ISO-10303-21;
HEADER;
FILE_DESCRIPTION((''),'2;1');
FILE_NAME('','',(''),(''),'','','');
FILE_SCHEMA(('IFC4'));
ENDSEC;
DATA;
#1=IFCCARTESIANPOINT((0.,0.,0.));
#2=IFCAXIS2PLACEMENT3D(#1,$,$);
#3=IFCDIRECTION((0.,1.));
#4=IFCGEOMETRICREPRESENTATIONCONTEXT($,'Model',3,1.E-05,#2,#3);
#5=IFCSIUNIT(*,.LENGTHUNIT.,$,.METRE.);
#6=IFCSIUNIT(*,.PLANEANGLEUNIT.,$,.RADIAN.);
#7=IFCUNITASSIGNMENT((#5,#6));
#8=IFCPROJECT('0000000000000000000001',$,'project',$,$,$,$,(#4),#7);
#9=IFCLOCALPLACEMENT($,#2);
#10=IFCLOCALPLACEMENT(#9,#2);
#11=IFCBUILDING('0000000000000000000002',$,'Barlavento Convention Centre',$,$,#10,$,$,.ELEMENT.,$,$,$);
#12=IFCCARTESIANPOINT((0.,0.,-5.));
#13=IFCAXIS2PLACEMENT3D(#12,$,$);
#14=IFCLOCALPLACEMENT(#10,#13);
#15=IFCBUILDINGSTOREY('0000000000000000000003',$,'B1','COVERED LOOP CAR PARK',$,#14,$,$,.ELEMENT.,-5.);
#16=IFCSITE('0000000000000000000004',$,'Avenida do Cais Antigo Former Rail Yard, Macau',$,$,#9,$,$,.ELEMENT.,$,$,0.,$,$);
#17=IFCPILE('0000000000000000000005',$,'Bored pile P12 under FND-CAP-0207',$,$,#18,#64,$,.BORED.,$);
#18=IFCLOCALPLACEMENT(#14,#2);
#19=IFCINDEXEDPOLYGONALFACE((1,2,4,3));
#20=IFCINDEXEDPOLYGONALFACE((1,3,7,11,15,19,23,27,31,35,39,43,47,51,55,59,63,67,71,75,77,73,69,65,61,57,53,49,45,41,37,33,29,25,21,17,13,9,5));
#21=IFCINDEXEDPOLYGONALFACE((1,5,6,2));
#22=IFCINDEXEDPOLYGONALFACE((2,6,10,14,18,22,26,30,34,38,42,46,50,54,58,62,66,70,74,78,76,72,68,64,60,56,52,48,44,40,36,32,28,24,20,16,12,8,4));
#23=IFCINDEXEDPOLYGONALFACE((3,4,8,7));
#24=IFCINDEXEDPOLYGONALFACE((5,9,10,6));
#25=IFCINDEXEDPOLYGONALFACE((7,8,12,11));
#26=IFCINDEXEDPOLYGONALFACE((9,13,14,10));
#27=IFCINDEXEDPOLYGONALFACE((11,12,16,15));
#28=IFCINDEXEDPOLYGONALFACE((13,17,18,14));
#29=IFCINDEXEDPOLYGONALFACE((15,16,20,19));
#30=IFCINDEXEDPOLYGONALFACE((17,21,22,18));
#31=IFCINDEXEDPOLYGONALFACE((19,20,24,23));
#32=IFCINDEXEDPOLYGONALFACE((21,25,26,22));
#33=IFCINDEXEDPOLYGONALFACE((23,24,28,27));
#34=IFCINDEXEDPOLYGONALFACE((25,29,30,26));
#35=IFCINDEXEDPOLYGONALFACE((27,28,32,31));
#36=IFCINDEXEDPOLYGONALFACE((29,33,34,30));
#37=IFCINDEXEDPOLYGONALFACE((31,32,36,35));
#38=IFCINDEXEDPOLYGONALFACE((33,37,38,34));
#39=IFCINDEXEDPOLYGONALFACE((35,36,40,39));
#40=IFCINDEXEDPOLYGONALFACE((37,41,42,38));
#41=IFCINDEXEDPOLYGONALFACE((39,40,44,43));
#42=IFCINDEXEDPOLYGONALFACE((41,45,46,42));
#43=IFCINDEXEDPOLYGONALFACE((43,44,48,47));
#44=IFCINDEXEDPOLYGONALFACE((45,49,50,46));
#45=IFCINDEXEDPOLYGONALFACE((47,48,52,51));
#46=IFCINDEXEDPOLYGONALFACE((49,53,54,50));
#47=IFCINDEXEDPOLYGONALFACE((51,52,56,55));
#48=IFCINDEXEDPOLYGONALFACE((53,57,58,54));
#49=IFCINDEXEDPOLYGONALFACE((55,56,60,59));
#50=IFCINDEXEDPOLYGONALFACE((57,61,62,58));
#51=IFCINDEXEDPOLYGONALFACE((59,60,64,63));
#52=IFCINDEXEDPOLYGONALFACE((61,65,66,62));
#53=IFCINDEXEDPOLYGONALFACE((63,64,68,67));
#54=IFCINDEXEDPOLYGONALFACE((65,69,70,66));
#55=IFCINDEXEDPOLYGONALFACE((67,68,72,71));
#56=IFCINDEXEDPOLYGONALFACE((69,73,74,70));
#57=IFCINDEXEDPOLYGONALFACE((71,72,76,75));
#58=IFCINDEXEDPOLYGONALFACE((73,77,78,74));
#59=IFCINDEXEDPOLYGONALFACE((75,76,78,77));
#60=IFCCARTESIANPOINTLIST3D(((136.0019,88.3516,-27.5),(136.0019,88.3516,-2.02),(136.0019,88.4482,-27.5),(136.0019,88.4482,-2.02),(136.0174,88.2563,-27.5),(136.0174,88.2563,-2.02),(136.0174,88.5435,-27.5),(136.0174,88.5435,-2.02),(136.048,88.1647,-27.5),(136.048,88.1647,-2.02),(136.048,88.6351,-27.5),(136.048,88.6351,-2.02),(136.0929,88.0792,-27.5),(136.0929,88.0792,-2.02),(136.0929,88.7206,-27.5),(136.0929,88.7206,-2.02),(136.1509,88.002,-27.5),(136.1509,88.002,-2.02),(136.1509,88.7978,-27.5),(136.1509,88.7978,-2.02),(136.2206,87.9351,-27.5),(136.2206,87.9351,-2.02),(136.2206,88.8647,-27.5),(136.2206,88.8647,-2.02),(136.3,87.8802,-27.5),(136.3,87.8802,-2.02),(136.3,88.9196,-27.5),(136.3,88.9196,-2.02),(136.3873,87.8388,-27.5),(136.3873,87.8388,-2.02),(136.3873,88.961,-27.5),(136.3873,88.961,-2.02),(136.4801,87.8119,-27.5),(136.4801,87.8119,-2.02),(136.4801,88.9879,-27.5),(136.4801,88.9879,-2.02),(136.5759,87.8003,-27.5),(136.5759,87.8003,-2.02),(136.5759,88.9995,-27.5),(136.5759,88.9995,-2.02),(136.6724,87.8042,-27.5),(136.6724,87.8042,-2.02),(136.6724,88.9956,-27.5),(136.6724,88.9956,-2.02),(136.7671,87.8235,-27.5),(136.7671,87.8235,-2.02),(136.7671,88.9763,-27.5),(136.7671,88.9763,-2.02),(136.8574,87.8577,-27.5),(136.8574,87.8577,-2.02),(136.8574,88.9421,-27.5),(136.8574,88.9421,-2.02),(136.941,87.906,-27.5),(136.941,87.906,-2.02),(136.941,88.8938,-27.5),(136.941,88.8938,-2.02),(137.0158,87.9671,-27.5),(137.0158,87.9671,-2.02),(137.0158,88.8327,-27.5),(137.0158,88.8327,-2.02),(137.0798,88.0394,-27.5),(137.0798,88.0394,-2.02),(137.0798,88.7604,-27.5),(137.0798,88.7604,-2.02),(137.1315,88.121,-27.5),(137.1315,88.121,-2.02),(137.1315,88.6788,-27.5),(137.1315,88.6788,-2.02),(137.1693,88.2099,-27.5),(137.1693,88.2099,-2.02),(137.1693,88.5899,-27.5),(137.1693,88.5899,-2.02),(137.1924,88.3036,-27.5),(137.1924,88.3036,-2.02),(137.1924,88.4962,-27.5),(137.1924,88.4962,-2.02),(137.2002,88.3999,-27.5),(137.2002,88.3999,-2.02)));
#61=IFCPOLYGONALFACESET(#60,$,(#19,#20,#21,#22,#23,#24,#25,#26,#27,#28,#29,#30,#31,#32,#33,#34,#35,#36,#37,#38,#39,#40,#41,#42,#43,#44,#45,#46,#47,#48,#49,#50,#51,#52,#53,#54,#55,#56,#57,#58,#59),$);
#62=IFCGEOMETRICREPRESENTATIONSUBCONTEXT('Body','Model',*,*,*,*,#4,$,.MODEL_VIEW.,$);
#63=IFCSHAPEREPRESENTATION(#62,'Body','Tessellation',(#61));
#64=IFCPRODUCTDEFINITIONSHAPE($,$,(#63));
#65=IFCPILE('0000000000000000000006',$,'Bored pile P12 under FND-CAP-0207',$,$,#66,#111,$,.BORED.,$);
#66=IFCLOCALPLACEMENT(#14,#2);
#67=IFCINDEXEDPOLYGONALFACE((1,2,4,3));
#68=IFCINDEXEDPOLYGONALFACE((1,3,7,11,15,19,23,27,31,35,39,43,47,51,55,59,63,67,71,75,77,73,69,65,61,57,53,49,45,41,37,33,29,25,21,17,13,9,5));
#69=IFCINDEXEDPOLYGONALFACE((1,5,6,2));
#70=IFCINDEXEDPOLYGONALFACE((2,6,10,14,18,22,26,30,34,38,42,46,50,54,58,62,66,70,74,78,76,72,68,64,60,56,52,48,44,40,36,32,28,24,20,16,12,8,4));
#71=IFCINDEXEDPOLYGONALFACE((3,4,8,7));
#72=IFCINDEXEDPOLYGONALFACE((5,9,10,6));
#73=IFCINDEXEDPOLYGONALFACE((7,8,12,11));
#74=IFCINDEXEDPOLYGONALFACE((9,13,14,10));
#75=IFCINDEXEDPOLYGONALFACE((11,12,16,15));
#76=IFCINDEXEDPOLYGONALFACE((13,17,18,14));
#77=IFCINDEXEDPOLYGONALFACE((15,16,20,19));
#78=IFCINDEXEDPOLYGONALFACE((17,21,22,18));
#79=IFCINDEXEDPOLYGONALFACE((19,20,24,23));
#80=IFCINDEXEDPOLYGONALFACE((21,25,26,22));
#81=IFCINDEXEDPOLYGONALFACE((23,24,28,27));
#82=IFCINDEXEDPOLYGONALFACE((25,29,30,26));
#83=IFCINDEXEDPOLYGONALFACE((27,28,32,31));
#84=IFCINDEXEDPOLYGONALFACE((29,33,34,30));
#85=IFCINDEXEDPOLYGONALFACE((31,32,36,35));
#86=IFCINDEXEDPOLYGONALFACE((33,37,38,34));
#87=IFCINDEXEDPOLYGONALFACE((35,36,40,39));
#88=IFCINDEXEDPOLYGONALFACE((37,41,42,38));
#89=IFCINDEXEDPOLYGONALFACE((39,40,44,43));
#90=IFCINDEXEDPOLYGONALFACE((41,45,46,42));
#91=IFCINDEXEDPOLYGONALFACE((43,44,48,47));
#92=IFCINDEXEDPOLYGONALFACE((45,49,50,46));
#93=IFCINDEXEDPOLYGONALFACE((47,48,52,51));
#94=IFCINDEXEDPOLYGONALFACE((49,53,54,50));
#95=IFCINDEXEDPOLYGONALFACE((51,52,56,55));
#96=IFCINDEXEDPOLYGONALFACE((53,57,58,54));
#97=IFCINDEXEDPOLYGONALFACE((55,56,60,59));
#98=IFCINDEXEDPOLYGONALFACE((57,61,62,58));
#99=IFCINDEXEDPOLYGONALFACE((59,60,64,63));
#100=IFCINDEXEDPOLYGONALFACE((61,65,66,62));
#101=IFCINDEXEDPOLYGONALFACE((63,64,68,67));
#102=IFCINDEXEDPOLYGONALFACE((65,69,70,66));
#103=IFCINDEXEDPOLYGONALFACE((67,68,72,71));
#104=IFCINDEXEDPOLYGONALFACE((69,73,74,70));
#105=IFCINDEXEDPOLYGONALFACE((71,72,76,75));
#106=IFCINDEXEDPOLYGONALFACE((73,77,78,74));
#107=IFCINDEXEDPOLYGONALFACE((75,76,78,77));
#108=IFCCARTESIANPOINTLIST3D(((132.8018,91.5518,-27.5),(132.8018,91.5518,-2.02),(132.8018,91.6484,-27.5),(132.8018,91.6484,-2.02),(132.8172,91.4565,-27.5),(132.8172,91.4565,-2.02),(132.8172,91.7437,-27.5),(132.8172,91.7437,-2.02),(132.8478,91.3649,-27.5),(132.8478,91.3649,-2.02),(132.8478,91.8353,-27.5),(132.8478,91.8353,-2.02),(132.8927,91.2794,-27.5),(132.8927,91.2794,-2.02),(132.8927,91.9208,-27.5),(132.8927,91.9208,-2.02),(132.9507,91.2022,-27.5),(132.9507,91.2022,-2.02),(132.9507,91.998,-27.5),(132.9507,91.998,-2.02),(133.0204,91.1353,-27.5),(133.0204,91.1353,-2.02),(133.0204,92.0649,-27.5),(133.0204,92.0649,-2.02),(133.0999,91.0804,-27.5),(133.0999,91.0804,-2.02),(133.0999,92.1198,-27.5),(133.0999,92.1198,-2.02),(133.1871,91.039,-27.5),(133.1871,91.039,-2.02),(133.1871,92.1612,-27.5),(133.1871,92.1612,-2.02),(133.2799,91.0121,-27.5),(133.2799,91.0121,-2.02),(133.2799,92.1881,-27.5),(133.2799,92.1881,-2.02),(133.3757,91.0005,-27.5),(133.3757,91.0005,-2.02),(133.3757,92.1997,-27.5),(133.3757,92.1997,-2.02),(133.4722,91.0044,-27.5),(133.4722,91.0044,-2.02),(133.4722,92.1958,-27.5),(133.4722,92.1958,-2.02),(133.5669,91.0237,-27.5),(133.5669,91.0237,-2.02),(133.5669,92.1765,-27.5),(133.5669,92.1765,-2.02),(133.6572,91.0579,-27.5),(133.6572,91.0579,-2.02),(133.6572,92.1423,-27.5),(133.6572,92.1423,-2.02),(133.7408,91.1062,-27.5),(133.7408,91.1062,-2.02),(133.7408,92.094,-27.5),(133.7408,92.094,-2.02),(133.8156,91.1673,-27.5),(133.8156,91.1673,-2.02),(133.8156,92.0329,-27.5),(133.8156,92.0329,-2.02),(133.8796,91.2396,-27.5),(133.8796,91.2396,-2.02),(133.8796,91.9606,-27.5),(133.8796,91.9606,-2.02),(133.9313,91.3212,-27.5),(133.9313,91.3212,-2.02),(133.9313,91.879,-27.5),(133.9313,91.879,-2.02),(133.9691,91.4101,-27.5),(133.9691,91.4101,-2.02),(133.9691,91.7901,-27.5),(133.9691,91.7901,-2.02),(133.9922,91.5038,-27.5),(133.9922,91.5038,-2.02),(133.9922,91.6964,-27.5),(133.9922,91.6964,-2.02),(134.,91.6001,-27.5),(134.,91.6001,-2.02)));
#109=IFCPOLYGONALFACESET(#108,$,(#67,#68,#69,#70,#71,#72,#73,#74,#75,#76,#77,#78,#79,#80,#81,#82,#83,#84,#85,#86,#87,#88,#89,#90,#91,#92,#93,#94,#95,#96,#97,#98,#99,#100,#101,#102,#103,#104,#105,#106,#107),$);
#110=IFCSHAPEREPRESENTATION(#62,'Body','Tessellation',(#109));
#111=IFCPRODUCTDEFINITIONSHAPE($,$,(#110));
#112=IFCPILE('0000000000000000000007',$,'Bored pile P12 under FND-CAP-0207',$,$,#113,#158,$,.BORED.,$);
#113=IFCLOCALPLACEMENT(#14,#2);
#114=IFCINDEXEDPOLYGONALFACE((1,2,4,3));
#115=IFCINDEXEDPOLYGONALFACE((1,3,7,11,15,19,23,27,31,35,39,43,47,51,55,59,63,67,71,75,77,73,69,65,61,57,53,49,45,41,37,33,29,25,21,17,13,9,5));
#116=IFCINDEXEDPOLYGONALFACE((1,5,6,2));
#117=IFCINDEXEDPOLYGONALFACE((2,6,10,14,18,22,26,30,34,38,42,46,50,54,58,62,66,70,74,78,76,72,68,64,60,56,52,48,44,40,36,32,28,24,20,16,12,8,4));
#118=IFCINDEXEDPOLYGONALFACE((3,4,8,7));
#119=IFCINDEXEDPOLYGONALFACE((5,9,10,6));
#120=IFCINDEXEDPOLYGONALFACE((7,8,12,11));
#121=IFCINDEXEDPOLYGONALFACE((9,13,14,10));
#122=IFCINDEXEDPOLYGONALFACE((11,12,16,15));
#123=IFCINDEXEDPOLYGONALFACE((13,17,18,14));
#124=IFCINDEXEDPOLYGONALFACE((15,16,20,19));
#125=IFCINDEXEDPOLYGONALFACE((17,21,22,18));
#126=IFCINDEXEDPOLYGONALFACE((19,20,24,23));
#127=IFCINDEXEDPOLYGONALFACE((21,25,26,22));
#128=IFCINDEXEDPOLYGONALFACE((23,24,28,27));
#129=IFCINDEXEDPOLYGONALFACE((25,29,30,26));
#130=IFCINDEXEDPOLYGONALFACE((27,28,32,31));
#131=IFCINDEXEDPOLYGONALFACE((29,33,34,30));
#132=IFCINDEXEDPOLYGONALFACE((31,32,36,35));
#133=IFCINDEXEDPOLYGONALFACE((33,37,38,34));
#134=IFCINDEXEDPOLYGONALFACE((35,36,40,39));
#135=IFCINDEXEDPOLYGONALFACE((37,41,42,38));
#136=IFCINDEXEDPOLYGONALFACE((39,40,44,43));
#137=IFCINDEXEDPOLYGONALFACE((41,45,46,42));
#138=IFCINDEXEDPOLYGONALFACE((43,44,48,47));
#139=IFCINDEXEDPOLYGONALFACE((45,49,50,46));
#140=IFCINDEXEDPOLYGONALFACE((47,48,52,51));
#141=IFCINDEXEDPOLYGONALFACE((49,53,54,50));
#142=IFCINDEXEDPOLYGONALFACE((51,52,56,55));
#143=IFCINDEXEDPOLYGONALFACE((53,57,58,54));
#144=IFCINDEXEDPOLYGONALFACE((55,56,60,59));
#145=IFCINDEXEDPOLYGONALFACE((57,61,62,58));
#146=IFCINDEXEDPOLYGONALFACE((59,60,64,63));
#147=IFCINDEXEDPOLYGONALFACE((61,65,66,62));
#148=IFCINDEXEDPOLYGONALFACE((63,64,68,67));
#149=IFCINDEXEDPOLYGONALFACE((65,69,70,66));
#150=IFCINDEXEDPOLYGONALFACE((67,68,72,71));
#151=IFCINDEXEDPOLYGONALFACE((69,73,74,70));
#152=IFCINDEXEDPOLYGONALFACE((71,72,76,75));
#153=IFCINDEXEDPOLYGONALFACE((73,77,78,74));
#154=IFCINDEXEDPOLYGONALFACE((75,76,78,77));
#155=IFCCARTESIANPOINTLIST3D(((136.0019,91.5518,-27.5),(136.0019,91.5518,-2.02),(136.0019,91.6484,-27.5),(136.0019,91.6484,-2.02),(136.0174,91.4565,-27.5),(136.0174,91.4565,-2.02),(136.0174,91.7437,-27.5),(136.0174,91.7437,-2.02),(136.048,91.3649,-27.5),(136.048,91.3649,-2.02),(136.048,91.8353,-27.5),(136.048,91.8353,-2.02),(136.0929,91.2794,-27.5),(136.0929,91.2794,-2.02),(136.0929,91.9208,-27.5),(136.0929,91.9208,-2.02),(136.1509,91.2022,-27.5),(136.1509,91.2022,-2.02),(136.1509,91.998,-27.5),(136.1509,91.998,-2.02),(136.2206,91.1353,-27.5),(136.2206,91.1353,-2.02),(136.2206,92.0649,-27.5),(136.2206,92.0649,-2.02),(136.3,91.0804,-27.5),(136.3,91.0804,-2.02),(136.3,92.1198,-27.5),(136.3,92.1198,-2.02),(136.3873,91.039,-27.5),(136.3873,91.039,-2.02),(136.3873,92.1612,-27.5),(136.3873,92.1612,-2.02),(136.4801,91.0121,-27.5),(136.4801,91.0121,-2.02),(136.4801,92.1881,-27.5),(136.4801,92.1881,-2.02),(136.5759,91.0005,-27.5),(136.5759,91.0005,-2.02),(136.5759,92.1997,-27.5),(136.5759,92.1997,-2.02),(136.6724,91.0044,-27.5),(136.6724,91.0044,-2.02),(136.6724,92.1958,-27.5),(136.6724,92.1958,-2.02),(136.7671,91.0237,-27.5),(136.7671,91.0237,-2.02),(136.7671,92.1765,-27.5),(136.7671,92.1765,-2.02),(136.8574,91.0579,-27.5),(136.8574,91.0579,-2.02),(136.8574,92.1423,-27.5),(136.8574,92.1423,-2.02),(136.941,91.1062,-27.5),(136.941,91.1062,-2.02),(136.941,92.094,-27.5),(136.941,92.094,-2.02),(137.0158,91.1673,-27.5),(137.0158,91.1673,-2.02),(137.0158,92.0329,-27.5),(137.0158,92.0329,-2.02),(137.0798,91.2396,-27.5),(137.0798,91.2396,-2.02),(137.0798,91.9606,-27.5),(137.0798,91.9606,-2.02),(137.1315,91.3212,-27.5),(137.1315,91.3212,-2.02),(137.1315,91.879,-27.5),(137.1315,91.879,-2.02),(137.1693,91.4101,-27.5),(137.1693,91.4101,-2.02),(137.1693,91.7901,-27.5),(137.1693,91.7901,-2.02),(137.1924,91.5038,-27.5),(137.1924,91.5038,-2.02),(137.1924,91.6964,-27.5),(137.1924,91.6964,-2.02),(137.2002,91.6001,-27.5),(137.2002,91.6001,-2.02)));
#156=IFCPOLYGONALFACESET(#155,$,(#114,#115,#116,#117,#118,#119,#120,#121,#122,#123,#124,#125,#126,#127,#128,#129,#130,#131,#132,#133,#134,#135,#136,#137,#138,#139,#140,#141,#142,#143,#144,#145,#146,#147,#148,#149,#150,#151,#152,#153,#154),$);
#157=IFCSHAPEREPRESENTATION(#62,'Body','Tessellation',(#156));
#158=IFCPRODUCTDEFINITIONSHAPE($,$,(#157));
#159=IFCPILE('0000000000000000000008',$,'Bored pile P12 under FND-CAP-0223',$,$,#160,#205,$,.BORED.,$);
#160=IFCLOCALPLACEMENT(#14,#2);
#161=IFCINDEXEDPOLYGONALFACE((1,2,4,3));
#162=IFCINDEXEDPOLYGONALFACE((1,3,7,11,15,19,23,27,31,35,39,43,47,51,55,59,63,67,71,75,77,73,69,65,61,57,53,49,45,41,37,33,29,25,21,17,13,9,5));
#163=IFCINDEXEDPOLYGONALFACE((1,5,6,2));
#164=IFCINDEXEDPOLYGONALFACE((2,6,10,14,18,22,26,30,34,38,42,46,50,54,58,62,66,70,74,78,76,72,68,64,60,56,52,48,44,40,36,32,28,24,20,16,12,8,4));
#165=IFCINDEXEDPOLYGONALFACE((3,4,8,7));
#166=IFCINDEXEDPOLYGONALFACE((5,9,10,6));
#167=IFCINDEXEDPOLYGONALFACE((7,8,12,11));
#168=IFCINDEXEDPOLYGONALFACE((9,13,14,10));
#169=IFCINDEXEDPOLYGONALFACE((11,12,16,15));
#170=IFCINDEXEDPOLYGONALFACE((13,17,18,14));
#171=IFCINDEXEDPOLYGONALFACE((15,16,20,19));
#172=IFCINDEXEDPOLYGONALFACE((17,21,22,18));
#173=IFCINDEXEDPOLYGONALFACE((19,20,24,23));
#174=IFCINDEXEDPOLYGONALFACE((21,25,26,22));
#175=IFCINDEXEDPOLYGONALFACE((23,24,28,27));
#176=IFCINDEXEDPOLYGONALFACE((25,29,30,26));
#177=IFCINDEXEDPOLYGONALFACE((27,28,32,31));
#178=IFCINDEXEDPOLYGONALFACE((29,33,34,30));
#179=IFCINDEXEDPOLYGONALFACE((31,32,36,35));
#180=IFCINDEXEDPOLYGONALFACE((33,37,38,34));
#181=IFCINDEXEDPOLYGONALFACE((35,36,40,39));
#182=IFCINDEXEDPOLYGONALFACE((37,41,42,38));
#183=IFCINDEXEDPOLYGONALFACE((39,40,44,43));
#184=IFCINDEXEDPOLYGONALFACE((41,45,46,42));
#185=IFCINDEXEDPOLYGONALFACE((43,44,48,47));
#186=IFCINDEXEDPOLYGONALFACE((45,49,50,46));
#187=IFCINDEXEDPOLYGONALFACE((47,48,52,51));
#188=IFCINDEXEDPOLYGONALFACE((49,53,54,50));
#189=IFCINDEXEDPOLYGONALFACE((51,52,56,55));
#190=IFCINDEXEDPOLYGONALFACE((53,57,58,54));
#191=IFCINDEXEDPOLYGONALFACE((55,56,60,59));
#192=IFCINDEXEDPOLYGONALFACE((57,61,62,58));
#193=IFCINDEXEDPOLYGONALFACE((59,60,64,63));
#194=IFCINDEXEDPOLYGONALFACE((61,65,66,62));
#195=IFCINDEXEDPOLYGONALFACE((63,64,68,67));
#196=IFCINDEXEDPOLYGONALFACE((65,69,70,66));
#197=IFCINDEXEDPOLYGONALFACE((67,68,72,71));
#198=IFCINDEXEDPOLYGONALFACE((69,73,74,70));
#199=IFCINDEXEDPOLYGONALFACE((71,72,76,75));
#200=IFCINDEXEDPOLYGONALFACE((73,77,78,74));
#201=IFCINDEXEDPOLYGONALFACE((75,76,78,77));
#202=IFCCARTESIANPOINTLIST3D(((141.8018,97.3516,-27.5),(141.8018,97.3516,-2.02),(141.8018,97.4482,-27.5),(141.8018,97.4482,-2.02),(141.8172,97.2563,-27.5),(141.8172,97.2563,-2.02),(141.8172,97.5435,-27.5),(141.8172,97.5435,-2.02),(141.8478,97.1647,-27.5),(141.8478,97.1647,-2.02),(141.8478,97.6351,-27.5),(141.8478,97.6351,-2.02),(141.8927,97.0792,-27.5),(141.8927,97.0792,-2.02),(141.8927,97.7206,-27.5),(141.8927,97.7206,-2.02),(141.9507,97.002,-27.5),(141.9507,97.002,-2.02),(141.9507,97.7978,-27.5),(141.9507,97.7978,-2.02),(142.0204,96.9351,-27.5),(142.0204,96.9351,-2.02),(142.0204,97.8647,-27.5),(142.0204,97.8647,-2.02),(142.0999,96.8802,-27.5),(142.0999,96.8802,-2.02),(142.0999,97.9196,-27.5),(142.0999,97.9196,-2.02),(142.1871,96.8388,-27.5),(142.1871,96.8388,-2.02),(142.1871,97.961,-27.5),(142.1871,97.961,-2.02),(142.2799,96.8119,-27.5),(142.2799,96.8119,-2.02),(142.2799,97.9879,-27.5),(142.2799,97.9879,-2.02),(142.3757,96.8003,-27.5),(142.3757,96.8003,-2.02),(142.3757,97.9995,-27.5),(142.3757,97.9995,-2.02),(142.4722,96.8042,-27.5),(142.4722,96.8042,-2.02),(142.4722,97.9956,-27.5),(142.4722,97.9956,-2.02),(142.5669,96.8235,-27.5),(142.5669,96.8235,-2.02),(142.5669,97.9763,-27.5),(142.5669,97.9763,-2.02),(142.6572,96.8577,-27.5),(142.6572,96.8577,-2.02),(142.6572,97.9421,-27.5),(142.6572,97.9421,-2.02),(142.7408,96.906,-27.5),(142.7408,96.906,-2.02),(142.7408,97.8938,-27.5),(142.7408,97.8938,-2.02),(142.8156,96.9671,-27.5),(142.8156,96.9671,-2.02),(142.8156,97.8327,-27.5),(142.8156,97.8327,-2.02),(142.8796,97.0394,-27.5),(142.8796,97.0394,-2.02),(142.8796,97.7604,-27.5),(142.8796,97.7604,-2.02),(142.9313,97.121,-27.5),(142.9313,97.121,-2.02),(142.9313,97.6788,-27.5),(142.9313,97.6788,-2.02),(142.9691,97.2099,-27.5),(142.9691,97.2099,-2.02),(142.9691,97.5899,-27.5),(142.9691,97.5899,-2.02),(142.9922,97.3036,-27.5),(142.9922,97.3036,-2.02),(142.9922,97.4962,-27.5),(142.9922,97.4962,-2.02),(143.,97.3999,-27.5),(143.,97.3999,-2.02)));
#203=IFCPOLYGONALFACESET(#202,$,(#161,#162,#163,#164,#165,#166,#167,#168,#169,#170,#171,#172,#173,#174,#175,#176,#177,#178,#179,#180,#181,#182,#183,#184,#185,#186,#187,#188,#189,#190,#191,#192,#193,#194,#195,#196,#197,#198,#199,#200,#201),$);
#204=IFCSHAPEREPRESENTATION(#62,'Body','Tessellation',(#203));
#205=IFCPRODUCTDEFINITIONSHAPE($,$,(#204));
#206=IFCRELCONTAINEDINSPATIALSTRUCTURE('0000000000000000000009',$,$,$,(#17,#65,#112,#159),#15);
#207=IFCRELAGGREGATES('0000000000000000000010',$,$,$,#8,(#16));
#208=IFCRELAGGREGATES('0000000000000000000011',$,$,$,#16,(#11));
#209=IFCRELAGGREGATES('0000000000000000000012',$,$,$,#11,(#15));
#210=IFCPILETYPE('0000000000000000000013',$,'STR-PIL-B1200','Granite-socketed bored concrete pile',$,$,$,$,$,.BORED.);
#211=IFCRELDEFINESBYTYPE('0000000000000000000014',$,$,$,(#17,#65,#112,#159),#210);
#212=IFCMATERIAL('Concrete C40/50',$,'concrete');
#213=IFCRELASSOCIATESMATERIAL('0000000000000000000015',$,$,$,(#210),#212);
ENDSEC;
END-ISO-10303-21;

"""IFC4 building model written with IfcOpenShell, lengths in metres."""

from ifc_helpers import new_model, si_unit, direction, frame, origin, origin_2d, place, context, subcontext, project, spatial, circle, extrude, material, material_profile, profile_set, type_object, element, save


model = new_model("IFC4")

# Units and contexts
model_context = context("Model", 3, precision=1e-05, world=origin(), true_north=direction((0.0, 1.0)))
body_context = subcontext(model_context, "Body", "Model", "MODEL_VIEW")
ifc_project = project(units=[si_unit("LENGTHUNIT", "METRE"), si_unit("PLANEANGLEUNIT", "RADIAN")], contexts=[model_context])

# Site, building, storey
site_placement = place(None, origin())
site = spatial("IfcSite", under=ifc_project, at=site_placement, Name="Avenida do Cais Antigo Former Rail Yard, Macau", CompositionType="ELEMENT", RefElevation=0.0)
building_placement = place(site_placement, origin())
building = spatial("IfcBuilding", under=site, at=building_placement, Name="Barlavento Convention Centre", CompositionType="ELEMENT")
storey_placement = place(building_placement, frame((0.0, 0.0, -5.0)))
storey = spatial("IfcBuildingStorey", under=building, at=storey_placement, Name="B1", Description="COVERED LOOP CAR PARK", CompositionType="ELEMENT", Elevation=-5.0)

# Shared definitions
ifc_material_1 = material(Name="Concrete C40/50", Category="concrete")

# Piles
ifc_material_profile_1 = material_profile(ifc_material_1, circle(Radius=0.6001, at=origin_2d()), Name="BORED PILE 1200")
ifc_profile_set_1 = profile_set([ifc_material_profile_1], Name="Concrete C40/50")
pile_type_1 = type_object("IfcPileType", Name="STR-PIL-B1200", Description="Granite-socketed bored concrete pile", PredefinedType="BORED", material=ifc_profile_set_1)
for number, where, z_axis, x_axis, name in (
    (1, (136.6001, 88.3999, -2.02), (0.0, 0.0, -1.0), (1.0, 0.0, 0.0), "Bored pile P12 under FND-CAP-0207"),
    (2, (133.3999, 91.6001, -2.02), (0.0, 0.0, -1.0), (1.0, 0.0, 0.0), "Bored pile P12 under FND-CAP-0207"),
    (3, (136.6001, 91.6001, -2.02), (0.0, 0.0, -1.0), (1.0, 0.0, 0.0), "Bored pile P12 under FND-CAP-0207"),
    (4, (142.3999, 97.3999, -2.02), (0.0, 0.0, -1.0), (1.0, 0.0, 0.0), "Bored pile P12 under FND-CAP-0223"),
):
    element("IfcPile", number, at=place(storey_placement, frame(where, z_axis=z_axis, x_axis=x_axis)), inside=storey, type_object=pile_type_1, Name=name, PredefinedType="BORED", context=body_context, shape_type="SweptSolid", body=[
        extrude(circle(Radius=0.6001, at=origin_2d()), origin(), (0.0, 0.0, 1.0), 25.48),
    ])

save(model, "model.ifc")
